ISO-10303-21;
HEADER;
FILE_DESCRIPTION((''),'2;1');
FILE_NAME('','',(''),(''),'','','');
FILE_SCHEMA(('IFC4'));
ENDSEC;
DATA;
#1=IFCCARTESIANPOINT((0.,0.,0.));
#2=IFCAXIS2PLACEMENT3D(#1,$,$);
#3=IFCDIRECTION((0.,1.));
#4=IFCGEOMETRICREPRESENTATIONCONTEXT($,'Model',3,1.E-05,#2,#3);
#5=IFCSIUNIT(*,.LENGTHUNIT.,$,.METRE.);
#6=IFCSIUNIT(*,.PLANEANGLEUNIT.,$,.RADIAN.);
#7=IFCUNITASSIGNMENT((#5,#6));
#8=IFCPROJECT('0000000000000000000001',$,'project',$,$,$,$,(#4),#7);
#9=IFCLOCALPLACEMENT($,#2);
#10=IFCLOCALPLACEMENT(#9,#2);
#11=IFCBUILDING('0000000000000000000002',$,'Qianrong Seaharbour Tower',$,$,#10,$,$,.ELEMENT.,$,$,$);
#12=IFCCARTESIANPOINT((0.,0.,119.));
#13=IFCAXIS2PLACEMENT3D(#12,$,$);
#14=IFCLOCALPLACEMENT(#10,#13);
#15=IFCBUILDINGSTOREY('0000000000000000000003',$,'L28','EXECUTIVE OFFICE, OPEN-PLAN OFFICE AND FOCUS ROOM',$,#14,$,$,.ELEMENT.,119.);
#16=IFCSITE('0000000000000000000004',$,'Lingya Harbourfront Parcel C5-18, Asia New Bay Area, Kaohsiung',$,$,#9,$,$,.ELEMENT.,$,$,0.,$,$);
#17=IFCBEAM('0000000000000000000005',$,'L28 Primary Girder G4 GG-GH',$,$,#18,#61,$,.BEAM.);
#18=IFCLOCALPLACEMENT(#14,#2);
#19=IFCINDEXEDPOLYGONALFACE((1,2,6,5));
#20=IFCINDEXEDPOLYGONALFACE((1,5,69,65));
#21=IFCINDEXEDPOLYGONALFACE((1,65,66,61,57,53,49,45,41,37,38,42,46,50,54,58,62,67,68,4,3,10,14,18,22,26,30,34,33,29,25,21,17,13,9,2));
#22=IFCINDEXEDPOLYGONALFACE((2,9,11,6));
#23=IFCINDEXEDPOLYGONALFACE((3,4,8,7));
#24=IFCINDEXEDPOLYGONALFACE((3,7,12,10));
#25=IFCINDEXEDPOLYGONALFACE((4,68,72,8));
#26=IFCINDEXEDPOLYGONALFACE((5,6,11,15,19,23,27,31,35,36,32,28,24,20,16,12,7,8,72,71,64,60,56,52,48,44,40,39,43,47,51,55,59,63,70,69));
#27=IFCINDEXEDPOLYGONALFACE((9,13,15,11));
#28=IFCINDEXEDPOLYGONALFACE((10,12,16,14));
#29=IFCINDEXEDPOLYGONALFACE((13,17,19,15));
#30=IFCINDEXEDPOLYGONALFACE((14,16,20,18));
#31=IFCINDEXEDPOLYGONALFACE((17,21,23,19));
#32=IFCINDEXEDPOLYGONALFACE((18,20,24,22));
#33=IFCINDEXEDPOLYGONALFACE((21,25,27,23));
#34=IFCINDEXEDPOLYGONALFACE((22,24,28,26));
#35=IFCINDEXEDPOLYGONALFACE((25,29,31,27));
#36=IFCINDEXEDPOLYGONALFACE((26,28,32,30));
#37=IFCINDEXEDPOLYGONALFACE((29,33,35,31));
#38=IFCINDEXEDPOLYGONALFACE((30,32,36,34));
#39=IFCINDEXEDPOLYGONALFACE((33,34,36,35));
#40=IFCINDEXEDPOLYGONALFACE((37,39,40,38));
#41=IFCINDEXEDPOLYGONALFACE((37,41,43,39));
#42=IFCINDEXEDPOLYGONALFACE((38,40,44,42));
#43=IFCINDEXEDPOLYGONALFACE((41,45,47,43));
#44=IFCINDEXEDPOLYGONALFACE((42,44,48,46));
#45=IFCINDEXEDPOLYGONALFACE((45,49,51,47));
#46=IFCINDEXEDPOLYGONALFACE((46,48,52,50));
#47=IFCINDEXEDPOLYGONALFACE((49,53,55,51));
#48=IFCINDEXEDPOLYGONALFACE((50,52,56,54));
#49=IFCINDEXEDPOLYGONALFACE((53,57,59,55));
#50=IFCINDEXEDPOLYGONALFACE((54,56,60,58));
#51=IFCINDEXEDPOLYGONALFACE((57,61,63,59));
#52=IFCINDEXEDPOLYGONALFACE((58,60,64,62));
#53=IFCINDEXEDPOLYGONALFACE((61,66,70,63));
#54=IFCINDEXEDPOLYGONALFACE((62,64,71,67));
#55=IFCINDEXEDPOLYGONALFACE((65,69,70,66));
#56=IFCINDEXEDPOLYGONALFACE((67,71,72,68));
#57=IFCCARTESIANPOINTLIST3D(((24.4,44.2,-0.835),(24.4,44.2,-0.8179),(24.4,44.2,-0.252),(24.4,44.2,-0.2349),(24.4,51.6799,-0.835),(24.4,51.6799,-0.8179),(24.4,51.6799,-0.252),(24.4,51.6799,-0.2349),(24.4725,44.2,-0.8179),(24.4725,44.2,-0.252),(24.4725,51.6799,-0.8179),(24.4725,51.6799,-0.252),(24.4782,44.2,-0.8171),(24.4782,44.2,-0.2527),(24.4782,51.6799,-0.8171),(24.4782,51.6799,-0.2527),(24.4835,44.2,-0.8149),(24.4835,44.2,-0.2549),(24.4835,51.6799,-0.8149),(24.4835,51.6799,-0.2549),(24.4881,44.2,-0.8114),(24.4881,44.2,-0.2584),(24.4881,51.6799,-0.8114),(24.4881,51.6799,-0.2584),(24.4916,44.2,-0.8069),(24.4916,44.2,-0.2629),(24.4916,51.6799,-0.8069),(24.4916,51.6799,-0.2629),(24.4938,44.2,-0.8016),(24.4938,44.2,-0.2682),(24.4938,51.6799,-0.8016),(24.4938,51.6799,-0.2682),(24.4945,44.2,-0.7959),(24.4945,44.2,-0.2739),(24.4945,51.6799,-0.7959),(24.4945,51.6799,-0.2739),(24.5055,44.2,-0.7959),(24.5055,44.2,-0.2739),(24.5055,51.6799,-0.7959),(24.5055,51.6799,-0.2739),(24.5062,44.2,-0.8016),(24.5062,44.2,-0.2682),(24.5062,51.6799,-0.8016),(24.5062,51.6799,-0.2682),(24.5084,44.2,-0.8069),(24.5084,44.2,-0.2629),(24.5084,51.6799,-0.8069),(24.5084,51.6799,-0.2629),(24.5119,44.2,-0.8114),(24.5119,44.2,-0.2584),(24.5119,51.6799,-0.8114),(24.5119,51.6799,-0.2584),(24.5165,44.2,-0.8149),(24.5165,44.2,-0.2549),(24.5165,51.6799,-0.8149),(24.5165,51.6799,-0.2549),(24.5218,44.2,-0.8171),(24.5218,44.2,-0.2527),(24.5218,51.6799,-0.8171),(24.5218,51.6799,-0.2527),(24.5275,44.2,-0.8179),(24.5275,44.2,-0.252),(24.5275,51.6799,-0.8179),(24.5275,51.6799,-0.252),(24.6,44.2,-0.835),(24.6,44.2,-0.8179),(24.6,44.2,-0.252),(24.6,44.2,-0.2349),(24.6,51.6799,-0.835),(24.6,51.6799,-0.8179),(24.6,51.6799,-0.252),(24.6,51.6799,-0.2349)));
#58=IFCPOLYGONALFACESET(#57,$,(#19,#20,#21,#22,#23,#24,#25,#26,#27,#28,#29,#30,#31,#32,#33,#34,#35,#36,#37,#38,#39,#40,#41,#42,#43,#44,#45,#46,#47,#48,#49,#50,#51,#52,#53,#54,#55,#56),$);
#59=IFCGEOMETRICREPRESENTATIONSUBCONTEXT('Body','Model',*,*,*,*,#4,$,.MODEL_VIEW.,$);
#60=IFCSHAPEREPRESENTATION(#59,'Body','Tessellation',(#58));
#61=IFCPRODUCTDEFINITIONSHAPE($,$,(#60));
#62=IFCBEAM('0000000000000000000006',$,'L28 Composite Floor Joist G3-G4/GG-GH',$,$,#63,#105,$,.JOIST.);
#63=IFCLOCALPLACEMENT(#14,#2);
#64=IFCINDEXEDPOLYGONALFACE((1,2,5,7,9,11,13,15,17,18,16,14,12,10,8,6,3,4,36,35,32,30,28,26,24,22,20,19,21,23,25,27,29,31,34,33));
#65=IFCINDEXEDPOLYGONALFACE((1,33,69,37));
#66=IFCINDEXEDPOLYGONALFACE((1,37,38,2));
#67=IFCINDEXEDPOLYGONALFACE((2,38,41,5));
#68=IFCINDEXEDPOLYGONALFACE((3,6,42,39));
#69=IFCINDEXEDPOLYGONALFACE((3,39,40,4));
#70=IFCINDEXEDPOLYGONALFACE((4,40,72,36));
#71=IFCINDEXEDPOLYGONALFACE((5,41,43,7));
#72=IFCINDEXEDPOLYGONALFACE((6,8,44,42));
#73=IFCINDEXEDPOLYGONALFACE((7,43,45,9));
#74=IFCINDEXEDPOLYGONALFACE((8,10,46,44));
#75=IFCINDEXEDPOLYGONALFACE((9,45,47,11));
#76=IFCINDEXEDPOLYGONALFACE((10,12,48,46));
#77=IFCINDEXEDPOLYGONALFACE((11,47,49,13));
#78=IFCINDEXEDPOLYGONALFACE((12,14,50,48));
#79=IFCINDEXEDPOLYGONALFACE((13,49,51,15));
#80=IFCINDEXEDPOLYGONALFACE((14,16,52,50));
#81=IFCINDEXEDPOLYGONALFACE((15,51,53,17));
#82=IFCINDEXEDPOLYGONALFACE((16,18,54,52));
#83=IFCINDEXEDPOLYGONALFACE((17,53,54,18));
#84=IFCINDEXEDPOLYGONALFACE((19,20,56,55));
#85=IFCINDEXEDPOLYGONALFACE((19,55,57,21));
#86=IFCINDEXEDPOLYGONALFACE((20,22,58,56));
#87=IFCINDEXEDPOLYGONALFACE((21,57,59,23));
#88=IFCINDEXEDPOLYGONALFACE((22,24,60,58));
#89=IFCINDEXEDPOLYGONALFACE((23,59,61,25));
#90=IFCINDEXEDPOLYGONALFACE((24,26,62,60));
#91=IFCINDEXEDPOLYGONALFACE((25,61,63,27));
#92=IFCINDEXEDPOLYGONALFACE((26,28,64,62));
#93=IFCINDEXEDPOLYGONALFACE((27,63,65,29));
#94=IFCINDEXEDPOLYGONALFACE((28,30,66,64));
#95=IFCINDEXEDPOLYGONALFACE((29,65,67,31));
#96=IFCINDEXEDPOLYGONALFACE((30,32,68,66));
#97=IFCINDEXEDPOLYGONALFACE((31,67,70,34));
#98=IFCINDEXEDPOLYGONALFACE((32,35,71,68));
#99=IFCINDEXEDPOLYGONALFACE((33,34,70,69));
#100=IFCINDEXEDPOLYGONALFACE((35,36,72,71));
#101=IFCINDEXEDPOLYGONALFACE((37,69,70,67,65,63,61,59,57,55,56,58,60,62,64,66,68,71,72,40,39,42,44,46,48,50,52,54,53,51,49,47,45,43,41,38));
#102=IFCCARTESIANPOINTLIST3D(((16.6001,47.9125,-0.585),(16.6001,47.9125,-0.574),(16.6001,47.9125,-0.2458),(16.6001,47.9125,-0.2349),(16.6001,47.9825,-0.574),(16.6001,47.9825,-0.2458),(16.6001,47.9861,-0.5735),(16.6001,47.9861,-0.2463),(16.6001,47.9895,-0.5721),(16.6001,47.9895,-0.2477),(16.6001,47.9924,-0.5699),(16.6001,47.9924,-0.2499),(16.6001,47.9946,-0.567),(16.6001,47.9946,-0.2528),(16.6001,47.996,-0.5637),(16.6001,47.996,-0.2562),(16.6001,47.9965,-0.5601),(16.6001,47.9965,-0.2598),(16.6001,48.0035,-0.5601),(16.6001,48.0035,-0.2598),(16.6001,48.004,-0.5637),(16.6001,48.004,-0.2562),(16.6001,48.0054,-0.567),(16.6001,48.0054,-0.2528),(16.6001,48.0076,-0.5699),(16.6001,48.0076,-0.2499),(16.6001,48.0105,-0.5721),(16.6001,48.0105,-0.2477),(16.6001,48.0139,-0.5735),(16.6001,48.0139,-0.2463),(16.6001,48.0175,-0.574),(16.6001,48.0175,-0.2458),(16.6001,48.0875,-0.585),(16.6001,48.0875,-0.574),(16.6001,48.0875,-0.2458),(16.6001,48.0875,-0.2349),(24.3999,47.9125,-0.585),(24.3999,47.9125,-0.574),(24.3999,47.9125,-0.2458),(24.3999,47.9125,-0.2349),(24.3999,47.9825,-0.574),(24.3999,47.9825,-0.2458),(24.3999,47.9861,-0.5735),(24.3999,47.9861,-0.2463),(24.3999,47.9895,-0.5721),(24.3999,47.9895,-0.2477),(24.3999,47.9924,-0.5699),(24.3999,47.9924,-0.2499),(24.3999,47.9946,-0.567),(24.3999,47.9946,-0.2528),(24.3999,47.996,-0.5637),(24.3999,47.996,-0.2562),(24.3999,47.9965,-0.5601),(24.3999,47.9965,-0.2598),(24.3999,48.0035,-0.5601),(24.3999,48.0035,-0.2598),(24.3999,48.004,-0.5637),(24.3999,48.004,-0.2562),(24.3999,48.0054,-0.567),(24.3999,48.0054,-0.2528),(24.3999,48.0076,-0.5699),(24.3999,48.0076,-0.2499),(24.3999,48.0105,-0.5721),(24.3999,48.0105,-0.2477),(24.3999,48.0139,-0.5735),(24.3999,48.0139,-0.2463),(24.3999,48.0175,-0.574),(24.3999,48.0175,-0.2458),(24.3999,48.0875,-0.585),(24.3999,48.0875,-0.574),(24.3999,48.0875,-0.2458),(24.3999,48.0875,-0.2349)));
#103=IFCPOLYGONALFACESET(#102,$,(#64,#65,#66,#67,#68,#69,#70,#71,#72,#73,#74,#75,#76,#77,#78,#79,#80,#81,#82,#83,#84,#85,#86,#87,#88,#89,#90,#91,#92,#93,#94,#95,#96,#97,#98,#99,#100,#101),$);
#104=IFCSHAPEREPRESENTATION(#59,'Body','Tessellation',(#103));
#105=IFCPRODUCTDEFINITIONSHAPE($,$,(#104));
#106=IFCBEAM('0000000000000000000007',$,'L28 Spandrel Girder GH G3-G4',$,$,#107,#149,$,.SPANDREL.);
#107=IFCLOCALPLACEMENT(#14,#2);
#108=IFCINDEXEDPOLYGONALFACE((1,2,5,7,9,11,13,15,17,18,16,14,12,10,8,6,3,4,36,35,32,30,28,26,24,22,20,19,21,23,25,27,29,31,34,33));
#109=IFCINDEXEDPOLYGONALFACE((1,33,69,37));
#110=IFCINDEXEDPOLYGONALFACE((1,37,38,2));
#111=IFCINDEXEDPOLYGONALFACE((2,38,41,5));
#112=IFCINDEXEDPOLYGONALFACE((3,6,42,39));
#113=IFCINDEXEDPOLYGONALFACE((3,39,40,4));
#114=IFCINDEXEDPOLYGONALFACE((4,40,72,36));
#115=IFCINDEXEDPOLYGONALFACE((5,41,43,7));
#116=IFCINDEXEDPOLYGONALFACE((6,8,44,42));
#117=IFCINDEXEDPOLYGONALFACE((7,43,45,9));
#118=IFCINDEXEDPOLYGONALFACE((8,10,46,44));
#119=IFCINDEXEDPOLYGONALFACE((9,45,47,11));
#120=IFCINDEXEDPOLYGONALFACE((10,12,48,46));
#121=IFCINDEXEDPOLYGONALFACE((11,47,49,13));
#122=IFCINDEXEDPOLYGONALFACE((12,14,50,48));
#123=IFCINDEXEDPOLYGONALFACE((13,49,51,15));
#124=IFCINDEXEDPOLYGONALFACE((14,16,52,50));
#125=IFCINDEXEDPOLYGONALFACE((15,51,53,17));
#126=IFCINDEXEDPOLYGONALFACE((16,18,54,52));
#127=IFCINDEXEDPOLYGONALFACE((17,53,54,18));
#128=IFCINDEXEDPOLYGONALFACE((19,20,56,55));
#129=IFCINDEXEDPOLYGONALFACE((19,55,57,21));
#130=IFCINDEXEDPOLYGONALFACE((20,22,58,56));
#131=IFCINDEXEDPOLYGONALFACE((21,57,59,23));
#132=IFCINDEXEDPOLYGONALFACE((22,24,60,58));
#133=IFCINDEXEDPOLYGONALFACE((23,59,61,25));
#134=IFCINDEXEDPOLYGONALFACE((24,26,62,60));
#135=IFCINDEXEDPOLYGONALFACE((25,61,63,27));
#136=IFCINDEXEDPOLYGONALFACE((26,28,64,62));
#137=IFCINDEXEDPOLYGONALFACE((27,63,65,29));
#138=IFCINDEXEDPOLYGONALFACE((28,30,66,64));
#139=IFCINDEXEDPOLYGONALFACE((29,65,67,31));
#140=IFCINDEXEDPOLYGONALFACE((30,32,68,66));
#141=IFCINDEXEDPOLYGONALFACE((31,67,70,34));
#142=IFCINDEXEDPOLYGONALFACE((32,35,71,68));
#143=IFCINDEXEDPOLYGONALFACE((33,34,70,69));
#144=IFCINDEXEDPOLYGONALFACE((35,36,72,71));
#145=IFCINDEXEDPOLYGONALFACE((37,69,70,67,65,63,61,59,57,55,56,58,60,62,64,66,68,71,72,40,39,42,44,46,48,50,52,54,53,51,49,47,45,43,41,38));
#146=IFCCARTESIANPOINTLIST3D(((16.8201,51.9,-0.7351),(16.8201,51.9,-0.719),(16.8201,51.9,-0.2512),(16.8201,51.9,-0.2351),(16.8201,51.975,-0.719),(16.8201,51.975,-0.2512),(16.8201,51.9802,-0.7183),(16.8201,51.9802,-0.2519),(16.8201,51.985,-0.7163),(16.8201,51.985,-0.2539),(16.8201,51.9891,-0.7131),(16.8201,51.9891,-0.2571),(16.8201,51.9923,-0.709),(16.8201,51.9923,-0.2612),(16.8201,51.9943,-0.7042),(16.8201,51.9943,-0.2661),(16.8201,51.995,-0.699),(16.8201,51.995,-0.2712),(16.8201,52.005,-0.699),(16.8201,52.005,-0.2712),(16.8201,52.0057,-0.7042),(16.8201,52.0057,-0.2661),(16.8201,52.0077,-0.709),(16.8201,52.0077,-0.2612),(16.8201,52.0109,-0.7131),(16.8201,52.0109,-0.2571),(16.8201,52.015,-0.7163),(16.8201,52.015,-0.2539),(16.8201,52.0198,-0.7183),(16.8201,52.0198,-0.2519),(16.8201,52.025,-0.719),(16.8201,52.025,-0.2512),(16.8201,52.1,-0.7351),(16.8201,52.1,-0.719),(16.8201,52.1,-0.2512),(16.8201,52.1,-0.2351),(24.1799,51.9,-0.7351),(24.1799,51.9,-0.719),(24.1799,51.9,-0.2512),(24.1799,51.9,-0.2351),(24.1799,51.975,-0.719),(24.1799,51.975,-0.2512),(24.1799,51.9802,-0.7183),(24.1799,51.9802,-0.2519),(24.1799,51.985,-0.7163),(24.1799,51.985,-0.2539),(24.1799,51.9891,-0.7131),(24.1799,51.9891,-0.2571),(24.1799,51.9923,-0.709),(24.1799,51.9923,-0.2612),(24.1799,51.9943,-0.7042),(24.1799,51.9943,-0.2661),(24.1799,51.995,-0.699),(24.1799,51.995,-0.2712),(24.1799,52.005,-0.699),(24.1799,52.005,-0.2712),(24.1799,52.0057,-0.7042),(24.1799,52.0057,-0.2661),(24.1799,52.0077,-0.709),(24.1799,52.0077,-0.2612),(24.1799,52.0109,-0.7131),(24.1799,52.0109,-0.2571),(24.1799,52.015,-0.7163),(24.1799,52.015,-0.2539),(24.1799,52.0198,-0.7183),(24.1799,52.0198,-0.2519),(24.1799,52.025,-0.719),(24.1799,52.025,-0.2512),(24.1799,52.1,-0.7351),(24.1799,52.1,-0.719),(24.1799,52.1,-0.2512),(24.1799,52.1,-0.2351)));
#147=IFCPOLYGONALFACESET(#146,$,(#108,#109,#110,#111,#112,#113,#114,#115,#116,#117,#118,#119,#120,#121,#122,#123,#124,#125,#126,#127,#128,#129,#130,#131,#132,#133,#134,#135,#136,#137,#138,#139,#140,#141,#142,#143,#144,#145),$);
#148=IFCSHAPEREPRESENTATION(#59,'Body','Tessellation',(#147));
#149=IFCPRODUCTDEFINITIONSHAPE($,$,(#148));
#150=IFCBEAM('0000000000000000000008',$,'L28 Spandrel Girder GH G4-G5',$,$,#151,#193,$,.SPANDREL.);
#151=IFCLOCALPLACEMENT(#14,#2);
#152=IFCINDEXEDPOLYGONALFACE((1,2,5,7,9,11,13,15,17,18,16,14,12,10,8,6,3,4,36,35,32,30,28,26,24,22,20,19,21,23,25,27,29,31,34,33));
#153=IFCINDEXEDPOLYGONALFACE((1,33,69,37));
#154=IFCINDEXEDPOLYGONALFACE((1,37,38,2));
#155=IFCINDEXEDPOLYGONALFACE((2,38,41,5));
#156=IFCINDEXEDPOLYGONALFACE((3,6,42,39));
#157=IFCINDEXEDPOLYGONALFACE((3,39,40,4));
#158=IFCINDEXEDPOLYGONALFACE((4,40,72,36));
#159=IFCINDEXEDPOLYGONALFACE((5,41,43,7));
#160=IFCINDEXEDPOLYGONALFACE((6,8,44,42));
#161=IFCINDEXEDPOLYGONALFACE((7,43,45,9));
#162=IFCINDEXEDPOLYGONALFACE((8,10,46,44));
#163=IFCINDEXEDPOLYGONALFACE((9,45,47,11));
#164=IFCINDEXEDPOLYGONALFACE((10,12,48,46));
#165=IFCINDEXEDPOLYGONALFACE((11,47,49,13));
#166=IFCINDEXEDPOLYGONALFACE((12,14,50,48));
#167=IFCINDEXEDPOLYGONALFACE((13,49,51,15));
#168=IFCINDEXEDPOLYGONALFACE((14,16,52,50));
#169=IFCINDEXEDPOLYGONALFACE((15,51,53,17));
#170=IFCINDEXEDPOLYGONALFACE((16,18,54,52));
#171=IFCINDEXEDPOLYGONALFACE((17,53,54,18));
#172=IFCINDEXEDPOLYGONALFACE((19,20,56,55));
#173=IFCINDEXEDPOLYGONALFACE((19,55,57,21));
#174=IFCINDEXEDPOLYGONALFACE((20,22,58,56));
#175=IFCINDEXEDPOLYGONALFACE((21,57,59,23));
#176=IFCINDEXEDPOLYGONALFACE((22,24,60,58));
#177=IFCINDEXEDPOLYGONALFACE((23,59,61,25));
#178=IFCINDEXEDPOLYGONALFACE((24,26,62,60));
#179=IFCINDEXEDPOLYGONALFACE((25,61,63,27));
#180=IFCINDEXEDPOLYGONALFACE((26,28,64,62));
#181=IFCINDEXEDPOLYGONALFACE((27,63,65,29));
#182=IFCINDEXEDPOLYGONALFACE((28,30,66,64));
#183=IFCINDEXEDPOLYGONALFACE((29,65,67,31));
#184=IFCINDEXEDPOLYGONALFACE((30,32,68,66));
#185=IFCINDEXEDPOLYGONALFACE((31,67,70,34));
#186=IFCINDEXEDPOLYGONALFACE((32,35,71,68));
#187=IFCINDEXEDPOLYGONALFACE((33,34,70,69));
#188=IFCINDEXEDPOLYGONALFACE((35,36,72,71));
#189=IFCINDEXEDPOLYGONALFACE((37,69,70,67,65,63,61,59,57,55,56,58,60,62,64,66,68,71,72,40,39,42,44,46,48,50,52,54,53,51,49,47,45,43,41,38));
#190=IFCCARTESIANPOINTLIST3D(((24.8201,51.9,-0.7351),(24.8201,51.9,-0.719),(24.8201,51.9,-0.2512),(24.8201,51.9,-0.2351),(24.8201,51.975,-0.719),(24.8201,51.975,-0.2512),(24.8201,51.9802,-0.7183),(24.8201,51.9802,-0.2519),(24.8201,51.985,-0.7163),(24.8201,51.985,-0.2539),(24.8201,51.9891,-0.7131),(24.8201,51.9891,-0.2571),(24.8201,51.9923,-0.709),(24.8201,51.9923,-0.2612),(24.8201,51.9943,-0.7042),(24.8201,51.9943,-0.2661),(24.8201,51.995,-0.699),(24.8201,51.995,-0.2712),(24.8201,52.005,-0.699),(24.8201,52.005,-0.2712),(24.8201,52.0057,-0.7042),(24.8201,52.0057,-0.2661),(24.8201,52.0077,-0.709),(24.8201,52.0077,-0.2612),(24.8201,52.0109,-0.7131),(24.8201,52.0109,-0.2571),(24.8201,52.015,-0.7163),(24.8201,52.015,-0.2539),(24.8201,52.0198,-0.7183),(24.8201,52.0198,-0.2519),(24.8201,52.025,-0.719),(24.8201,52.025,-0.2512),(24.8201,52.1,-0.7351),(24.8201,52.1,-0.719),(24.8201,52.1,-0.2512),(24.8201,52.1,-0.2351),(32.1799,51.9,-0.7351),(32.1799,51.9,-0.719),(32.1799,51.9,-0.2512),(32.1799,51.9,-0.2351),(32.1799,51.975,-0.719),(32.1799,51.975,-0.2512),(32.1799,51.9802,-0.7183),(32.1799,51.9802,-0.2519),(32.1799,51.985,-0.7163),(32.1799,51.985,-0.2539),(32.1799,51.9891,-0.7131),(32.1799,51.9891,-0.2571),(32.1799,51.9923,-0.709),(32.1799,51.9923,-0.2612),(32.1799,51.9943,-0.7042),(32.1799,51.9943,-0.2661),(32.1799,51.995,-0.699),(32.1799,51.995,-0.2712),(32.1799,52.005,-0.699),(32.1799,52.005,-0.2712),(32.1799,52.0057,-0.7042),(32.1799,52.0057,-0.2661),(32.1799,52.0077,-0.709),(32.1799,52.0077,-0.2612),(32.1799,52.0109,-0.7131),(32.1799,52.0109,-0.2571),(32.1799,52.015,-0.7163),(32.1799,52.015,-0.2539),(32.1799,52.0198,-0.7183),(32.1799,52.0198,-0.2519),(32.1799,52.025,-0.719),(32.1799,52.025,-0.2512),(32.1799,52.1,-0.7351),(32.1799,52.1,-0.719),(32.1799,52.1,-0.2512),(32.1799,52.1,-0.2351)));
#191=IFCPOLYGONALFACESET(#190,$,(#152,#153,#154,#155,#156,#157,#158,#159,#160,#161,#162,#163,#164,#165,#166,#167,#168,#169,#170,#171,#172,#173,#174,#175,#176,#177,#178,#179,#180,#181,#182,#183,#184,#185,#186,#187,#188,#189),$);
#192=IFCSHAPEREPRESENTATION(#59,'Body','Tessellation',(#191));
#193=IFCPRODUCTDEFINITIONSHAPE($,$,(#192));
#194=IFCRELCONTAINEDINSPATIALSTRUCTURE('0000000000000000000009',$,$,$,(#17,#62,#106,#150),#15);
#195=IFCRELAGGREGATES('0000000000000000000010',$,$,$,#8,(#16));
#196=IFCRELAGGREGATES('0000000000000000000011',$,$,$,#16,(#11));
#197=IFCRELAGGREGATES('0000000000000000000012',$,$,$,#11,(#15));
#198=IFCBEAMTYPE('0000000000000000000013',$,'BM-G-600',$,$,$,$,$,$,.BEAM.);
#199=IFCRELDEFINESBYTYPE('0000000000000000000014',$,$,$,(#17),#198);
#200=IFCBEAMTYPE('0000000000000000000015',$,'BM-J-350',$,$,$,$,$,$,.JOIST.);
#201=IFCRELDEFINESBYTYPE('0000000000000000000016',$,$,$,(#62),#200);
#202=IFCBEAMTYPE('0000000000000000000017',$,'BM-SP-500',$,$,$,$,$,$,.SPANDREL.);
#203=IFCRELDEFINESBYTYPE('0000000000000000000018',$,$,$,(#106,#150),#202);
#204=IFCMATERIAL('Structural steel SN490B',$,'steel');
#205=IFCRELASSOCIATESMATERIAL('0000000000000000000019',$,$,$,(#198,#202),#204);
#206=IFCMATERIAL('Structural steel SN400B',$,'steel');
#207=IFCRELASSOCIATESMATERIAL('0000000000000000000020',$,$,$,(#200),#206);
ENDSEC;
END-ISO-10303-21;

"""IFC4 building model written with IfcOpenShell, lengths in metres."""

from ifc_helpers import new_model, si_unit, direction, frame, origin, origin_2d, place, context, subcontext, project, spatial, i_section, extrude, material, material_profile, profile_set, type_object, element, save


model = new_model("IFC4")

# Units and contexts
model_context = context("Model", 3, precision=1e-05, world=origin(), true_north=direction((0.0, 1.0)))
body_context = subcontext(model_context, "Body", "Model", "MODEL_VIEW")
ifc_project = project(units=[si_unit("LENGTHUNIT", "METRE"), si_unit("PLANEANGLEUNIT", "RADIAN")], contexts=[model_context])

# Site, building, storey
site_placement = place(None, origin())
site = spatial("IfcSite", under=ifc_project, at=site_placement, Name="Lingya Harbourfront Parcel C5-18, Asia New Bay Area, Kaohsiung", CompositionType="ELEMENT", RefElevation=0.0)
building_placement = place(site_placement, origin())
building = spatial("IfcBuilding", under=site, at=building_placement, Name="Qianrong Seaharbour Tower", CompositionType="ELEMENT")
storey_placement = place(building_placement, frame((0.0, 0.0, 119.0)))
storey = spatial("IfcBuildingStorey", under=building, at=storey_placement, Name="L28", Description="EXECUTIVE OFFICE, OPEN-PLAN OFFICE AND FOCUS ROOM", CompositionType="ELEMENT", Elevation=119.0)

# Shared definitions
ifc_material_1 = material(Name="Structural steel SN490B", Category="steel")

# Beams
ifc_material_profile_1 = material_profile(ifc_material_1, i_section(OverallWidth=0.2, OverallDepth=0.6001, WebThickness=0.011, FlangeThickness=0.0171, FilletRadius=0.022, at=origin_2d()), Name="H600x200x11x17")
ifc_profile_set_1 = profile_set([ifc_material_profile_1], Name="Structural steel SN490B")
beam_type_1 = type_object("IfcBeamType", Name="BM-G-600", PredefinedType="BEAM", material=ifc_profile_set_1)
for number, where, z_axis, x_axis, name in (
    (1, (24.5, 44.2, -0.5349), (0.0, 1.0, 0.0), (-1.0, 0.0, 0.0), "L28 Primary Girder G4 GG-GH"),
):
    element("IfcBeam", number, at=place(storey_placement, frame(where, z_axis=z_axis, x_axis=x_axis)), inside=storey, type_object=beam_type_1, Name=name, PredefinedType="BEAM", context=body_context, shape_type="SweptSolid", body=[
        extrude(i_section(OverallWidth=0.2, OverallDepth=0.6001, WebThickness=0.011, FlangeThickness=0.0171, FilletRadius=0.022, at=origin_2d()), origin(), (0.0, 0.0, 1.0), 7.48),
    ])
ifc_material_2 = material(Name="Structural steel SN400B", Category="steel")
ifc_material_profile_2 = material_profile(ifc_material_2, i_section(OverallWidth=0.175, OverallDepth=0.3501, WebThickness=0.0071, FlangeThickness=0.011, FilletRadius=0.0139, at=origin_2d()), Name="H350x175x7x11")
ifc_profile_set_2 = profile_set([ifc_material_profile_2], Name="Structural steel SN400B")
beam_type_2 = type_object("IfcBeamType", Name="BM-J-350", PredefinedType="JOIST", material=ifc_profile_set_2)
beam_1_placement = place(storey_placement, frame((16.6001, 48.0, -0.4099), z_axis=(1.0, 0.0, 0.0), x_axis=(0.0, 1.0, 0.0)))
element("IfcBeam", 2, at=beam_1_placement, inside=storey, type_object=beam_type_2, Name="L28 Composite Floor Joist G3-G4/GG-GH", PredefinedType="JOIST", context=body_context, shape_type="SweptSolid", body=[
    extrude(i_section(OverallWidth=0.175, OverallDepth=0.3501, WebThickness=0.0071, FlangeThickness=0.011, FilletRadius=0.0139, at=origin_2d()), origin(), (0.0, 0.0, 1.0), 7.7998),
])
ifc_material_profile_3 = material_profile(ifc_material_1, i_section(OverallWidth=0.2, OverallDepth=0.5, WebThickness=0.01, FlangeThickness=0.0161, FilletRadius=0.02, at=origin_2d()), Name="H500x200x10x16")
ifc_profile_set_3 = profile_set([ifc_material_profile_3], Name="Structural steel SN490B")
beam_type_3 = type_object("IfcBeamType", Name="BM-SP-500", PredefinedType="SPANDREL", material=ifc_profile_set_3)
for number, where, z_axis, x_axis, name in (
    (3, (16.8201, 52.0, -0.4851), (1.0, 0.0, 0.0), (0.0, 1.0, 0.0), "L28 Spandrel Girder GH G3-G4"),
    (4, (24.8201, 52.0, -0.4851), (1.0, 0.0, 0.0), (0.0, 1.0, 0.0), "L28 Spandrel Girder GH G4-G5"),
):
    element("IfcBeam", number, at=place(storey_placement, frame(where, z_axis=z_axis, x_axis=x_axis)), inside=storey, type_object=beam_type_3, Name=name, PredefinedType="SPANDREL", context=body_context, shape_type="SweptSolid", body=[
        extrude(i_section(OverallWidth=0.2, OverallDepth=0.5, WebThickness=0.01, FlangeThickness=0.0161, FilletRadius=0.02, at=origin_2d()), origin(), (0.0, 0.0, 1.0), 7.3599),
    ])

save(model, "model.ifc")
